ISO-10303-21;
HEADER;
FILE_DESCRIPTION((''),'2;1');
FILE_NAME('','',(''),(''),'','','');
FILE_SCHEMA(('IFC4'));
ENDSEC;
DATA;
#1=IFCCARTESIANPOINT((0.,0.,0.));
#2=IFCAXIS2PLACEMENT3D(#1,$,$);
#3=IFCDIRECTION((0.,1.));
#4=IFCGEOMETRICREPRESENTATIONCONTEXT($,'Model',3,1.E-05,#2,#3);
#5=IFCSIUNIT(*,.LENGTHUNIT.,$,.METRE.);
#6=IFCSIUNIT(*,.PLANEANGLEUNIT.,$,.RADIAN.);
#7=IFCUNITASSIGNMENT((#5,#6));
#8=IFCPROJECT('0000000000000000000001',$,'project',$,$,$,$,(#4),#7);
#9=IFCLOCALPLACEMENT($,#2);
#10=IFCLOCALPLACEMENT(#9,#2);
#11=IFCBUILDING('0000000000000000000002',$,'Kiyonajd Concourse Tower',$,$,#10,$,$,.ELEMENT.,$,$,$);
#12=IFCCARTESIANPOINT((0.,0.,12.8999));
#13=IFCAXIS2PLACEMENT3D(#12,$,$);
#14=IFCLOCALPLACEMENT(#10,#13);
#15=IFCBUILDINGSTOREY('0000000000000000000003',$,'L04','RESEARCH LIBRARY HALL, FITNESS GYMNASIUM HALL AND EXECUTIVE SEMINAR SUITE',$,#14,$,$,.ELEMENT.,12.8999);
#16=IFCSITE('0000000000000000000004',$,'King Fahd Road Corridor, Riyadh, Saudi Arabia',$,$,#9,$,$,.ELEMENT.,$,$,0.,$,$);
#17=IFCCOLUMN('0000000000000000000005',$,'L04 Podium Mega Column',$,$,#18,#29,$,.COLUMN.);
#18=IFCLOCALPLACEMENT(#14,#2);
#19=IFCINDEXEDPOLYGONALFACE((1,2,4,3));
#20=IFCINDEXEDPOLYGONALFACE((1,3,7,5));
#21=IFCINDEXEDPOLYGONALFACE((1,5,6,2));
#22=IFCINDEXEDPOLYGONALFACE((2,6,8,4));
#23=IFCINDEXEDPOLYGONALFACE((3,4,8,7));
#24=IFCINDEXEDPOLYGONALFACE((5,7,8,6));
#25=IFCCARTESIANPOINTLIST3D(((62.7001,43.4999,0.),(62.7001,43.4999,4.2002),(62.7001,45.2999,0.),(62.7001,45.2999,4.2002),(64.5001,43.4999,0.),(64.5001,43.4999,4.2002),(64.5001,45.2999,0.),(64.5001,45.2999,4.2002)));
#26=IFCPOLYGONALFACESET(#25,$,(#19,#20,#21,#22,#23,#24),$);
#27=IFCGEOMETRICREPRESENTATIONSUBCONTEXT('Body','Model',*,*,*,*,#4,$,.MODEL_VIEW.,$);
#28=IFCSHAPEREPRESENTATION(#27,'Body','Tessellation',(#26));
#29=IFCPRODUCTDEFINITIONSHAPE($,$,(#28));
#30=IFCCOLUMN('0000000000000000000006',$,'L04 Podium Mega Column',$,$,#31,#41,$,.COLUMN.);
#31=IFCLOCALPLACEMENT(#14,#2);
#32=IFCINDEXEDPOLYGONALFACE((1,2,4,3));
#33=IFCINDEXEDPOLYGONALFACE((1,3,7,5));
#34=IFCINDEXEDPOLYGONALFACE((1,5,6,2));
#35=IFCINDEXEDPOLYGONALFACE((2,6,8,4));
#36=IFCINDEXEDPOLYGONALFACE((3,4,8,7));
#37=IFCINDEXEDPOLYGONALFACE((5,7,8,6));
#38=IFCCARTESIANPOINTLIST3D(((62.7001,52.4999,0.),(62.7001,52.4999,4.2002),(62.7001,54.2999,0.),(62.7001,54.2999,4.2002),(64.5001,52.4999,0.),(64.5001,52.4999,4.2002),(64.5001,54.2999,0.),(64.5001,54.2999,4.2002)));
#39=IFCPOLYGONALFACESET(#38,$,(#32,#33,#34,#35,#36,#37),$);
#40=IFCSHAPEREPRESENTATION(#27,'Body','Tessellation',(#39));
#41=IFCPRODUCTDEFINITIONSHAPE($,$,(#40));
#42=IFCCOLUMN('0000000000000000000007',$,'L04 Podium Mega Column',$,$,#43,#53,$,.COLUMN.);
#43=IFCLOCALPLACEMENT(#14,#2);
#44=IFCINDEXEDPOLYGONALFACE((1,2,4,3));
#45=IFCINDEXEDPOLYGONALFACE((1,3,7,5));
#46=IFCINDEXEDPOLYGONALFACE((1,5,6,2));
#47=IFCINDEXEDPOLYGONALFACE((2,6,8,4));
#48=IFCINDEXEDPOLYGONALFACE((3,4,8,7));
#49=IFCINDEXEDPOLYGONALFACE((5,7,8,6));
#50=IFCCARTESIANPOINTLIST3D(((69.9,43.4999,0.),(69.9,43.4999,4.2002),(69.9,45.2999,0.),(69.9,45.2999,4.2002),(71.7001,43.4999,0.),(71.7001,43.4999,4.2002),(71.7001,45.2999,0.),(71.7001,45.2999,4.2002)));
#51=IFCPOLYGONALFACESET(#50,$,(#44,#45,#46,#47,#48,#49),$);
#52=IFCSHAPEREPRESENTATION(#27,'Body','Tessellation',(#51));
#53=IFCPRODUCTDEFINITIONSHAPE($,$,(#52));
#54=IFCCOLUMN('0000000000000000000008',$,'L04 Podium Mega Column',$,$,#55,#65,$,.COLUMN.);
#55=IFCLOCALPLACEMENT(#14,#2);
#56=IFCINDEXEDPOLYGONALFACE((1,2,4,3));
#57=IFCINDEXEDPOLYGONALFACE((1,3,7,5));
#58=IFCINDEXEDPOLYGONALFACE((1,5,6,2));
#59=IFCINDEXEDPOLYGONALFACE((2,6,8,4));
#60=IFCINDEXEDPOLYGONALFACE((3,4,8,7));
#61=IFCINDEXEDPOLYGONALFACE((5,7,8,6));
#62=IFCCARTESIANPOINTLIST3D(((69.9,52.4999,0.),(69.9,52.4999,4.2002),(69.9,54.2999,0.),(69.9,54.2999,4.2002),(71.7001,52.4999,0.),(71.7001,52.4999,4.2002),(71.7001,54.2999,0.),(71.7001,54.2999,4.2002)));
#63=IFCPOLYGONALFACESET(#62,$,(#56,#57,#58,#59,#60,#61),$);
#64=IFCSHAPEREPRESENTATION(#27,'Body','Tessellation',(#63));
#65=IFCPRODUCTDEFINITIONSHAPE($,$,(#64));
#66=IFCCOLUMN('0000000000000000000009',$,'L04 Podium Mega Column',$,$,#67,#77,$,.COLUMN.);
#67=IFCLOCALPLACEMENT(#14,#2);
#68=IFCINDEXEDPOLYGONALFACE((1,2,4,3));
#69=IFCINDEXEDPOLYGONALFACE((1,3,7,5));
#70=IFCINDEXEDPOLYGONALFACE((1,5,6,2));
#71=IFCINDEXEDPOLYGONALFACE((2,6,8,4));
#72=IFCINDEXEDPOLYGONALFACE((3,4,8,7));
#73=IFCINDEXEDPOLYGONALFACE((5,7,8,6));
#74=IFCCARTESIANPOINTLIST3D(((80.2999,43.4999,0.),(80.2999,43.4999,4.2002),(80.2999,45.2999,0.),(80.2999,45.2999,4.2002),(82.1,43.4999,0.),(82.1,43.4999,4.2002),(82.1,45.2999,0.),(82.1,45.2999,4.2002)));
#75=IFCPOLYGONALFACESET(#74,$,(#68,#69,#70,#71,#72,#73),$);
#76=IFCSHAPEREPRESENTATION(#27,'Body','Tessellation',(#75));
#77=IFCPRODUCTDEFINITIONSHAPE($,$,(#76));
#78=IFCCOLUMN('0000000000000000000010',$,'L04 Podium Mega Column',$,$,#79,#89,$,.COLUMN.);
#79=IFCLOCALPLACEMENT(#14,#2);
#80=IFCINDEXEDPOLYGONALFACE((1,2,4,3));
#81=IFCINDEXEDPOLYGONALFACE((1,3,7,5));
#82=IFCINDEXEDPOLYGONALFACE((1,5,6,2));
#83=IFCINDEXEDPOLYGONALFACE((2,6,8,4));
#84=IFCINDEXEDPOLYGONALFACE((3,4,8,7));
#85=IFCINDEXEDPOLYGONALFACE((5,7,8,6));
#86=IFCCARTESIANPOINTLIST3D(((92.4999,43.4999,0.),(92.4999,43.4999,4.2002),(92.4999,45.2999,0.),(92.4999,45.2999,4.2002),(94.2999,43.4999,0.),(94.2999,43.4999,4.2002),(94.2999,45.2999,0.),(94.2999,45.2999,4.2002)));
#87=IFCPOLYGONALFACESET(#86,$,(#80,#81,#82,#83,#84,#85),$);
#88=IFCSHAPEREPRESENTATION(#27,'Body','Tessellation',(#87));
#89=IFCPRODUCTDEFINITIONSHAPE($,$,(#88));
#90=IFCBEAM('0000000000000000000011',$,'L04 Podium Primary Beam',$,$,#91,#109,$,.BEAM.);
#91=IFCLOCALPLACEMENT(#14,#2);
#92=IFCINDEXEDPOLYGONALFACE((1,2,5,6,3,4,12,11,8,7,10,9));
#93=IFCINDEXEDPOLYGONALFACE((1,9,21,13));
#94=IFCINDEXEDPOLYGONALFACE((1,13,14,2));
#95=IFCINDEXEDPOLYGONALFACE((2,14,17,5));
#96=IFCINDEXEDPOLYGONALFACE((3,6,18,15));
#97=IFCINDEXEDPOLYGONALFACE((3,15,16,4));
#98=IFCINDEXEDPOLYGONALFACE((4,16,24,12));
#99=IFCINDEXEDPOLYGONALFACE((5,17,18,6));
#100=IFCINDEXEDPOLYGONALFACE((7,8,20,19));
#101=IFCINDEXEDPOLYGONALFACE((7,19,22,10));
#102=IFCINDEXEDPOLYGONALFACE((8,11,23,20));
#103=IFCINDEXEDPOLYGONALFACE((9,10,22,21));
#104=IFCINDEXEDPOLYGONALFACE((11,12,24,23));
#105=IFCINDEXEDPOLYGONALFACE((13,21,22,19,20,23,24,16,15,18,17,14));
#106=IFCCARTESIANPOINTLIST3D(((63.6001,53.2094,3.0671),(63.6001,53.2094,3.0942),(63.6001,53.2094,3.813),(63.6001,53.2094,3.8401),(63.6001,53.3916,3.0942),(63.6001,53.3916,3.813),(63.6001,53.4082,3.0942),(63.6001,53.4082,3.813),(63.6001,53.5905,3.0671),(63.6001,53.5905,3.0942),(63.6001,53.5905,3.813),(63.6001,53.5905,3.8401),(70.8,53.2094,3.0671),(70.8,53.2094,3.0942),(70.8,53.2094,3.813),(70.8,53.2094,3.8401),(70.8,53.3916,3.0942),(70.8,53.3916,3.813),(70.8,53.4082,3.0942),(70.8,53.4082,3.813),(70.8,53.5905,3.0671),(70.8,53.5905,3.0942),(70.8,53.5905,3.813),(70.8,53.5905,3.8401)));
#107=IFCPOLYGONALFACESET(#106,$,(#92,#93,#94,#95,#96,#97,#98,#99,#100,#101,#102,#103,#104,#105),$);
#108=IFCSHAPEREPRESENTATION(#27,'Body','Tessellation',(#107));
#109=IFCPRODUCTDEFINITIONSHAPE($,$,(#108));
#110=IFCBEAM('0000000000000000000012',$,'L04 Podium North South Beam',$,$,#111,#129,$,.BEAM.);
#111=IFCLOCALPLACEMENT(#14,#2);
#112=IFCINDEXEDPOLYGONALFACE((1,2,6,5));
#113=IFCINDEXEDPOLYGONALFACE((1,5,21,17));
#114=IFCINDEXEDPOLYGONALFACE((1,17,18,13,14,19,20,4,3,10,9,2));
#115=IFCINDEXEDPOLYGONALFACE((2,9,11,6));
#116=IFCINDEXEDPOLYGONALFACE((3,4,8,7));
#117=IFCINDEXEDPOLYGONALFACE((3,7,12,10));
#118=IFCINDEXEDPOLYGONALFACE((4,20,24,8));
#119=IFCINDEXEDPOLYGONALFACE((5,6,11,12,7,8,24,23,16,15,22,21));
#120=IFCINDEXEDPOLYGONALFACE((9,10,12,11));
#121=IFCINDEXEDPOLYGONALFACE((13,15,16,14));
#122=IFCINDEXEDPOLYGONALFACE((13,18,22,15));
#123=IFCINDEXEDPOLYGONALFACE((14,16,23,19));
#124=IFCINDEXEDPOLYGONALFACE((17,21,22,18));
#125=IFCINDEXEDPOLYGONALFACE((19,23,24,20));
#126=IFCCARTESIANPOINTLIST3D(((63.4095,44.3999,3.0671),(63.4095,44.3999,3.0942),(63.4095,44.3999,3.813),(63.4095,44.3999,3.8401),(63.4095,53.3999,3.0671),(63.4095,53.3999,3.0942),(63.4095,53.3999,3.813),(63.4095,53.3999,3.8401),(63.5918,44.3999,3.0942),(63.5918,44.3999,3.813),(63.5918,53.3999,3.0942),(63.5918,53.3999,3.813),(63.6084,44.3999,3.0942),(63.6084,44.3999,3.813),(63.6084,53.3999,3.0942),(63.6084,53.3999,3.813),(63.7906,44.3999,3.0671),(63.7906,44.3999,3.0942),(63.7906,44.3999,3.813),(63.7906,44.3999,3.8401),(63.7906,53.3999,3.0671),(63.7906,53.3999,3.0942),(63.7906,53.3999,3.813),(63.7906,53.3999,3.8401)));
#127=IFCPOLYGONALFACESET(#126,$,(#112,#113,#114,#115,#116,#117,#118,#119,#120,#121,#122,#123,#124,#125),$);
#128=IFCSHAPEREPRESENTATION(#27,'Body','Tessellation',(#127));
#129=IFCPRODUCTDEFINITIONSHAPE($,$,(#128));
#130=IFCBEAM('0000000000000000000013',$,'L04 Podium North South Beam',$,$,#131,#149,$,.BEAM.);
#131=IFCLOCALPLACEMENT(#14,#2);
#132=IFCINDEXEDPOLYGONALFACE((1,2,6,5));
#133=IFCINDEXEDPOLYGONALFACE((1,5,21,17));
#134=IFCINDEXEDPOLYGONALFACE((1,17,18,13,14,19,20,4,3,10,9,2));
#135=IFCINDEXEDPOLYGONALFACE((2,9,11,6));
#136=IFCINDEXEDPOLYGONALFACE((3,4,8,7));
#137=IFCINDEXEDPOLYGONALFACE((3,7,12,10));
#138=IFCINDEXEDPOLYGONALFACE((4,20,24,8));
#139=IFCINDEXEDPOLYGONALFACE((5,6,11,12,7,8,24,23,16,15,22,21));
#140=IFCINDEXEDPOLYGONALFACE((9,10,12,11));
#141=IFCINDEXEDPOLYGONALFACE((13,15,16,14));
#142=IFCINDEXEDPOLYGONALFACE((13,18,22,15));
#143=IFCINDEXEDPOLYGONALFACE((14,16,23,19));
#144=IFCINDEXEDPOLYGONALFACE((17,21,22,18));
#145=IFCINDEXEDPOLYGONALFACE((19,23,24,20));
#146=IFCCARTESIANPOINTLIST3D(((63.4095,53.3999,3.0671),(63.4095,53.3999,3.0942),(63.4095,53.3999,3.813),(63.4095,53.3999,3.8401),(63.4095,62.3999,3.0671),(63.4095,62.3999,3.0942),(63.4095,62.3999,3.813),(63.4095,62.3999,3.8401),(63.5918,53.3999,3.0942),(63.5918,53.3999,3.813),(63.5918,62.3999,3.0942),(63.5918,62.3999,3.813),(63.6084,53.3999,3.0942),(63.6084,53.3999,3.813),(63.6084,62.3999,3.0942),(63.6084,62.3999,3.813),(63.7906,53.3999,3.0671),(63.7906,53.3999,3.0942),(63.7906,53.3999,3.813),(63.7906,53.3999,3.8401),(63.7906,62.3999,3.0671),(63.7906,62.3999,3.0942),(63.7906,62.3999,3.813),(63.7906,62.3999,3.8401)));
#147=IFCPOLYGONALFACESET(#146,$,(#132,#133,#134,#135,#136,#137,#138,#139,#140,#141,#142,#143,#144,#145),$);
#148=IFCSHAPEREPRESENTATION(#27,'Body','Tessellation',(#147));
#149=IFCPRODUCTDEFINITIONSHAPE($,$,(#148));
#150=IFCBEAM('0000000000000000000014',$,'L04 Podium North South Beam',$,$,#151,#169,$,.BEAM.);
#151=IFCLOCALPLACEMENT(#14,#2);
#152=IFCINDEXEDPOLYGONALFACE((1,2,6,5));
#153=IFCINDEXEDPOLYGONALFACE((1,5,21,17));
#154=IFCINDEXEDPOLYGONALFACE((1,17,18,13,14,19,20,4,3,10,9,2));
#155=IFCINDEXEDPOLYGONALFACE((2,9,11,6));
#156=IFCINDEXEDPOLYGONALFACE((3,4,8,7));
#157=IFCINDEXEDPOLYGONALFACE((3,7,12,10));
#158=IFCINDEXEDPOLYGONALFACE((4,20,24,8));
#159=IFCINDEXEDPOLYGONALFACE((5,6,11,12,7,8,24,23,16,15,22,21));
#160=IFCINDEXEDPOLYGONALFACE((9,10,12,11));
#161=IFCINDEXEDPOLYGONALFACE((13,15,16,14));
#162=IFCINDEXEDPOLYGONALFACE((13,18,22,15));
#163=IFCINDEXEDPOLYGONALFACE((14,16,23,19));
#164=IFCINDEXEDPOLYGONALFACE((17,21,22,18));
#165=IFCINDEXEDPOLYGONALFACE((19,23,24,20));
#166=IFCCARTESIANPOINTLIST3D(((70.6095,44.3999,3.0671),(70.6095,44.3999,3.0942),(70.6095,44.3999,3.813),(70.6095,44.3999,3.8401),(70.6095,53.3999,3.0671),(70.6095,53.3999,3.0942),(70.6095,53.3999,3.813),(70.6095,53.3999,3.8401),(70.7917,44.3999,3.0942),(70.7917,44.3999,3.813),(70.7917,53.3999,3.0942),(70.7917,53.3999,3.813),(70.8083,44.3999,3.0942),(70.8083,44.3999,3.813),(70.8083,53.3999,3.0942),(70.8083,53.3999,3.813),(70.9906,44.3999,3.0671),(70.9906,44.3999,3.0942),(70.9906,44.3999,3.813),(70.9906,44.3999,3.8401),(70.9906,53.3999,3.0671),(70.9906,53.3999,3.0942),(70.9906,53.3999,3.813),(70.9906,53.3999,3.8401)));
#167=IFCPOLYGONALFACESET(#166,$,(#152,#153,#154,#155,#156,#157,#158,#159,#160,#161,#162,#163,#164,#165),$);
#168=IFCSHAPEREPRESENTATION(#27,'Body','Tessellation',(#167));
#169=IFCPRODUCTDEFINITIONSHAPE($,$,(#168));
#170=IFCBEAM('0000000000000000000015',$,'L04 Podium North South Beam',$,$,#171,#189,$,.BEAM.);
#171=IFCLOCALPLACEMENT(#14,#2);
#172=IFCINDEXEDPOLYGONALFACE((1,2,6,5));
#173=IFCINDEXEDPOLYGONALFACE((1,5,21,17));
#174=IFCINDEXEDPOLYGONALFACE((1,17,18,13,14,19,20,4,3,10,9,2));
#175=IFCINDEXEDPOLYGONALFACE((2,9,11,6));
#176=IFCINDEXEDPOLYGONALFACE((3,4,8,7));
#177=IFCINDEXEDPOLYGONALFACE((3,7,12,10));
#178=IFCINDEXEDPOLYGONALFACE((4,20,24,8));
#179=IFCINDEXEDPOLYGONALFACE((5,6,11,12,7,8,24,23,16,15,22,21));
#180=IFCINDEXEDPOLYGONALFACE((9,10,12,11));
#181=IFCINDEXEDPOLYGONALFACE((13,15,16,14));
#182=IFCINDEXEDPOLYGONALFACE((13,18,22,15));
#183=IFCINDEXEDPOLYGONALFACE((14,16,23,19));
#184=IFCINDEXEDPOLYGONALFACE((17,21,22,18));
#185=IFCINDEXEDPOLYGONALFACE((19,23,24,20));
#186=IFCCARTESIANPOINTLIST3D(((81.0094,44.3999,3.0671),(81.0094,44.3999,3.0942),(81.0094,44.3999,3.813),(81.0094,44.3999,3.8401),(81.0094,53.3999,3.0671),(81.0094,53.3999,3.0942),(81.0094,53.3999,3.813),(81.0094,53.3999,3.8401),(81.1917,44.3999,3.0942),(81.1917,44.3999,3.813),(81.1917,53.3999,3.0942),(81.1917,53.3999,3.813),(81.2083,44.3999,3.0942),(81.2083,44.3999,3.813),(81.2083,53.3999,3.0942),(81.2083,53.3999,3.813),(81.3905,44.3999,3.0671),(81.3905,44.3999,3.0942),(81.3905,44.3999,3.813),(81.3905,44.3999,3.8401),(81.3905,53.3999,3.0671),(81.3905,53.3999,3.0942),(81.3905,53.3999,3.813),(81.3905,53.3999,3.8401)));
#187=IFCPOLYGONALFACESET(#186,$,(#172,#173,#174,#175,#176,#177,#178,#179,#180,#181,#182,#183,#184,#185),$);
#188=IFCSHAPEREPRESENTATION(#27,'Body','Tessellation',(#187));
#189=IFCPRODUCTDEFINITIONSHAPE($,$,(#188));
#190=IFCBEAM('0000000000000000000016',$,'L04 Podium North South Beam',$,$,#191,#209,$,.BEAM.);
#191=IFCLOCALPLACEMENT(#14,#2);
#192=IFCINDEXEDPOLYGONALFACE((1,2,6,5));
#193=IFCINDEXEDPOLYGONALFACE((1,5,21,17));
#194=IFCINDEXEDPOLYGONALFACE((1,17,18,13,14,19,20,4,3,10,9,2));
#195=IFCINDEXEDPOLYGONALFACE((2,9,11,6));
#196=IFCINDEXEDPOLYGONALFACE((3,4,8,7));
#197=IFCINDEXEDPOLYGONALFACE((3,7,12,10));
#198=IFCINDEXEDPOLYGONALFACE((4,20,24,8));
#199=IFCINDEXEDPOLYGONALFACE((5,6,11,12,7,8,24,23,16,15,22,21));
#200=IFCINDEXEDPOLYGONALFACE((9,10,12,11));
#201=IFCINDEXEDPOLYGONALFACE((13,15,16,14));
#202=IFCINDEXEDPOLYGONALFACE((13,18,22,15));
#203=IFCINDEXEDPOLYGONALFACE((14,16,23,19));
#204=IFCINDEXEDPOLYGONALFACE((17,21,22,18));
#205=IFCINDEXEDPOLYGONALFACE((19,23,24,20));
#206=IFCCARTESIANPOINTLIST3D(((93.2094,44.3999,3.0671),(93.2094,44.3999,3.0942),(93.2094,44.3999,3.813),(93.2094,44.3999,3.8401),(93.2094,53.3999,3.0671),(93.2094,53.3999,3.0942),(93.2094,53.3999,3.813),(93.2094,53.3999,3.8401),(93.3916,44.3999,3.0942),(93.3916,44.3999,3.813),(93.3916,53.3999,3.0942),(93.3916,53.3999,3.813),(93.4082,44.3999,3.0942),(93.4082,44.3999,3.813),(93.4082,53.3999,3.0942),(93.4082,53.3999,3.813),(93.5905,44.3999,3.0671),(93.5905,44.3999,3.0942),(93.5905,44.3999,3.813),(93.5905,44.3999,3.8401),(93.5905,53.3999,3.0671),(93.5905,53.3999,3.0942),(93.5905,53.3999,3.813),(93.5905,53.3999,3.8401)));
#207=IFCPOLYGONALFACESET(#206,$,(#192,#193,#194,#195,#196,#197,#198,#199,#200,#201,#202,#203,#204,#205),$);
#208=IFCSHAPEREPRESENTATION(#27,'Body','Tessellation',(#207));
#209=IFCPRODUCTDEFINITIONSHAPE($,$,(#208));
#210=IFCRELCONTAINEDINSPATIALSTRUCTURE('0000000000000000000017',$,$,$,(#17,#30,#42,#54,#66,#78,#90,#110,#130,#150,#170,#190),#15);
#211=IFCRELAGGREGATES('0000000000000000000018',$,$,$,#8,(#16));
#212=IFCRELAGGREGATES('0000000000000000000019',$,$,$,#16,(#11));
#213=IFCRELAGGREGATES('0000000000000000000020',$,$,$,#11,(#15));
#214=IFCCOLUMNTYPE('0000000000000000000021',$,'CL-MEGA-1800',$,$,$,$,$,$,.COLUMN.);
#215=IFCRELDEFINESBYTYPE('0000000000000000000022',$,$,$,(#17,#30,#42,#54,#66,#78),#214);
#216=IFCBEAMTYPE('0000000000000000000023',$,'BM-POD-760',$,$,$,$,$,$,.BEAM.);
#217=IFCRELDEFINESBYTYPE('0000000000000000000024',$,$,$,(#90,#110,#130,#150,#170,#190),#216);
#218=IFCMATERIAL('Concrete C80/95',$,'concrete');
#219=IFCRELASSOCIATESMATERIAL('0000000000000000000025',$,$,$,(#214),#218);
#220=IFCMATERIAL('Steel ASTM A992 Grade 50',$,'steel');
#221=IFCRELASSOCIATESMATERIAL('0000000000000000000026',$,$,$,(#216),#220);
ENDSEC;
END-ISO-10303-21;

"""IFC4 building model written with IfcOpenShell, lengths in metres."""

from ifc_helpers import new_model, si_unit, direction, frame, origin, origin_2d, place, context, subcontext, project, spatial, rectangle, i_section, extrude, material, material_profile, profile_set, type_object, element, save


model = new_model("IFC4")

# Units and contexts
model_context = context("Model", 3, precision=1e-05, world=origin(), true_north=direction((0.0, 1.0)))
body_context = subcontext(model_context, "Body", "Model", "MODEL_VIEW")
ifc_project = project(units=[si_unit("LENGTHUNIT", "METRE"), si_unit("PLANEANGLEUNIT", "RADIAN")], contexts=[model_context])

# Site, building, storey
site_placement = place(None, origin())
site = spatial("IfcSite", under=ifc_project, at=site_placement, Name="King Fahd Road Corridor, Riyadh, Saudi Arabia", CompositionType="ELEMENT", RefElevation=0.0)
building_placement = place(site_placement, origin())
building = spatial("IfcBuilding", under=site, at=building_placement, Name="Kiyonajd Concourse Tower", CompositionType="ELEMENT")
storey_placement = place(building_placement, frame((0.0, 0.0, 12.8999)))
storey = spatial("IfcBuildingStorey", under=building, at=storey_placement, Name="L04", Description="RESEARCH LIBRARY HALL, FITNESS GYMNASIUM HALL AND EXECUTIVE SEMINAR SUITE", CompositionType="ELEMENT", Elevation=12.8999)

# Columns
ifc_material_1 = material(Name="Concrete C80/95", Category="concrete")
ifc_material_profile_1 = material_profile(ifc_material_1, rectangle(XDim=1.8, YDim=1.8, at=origin_2d()), Name="RC-1800x1800")
ifc_profile_set_1 = profile_set([ifc_material_profile_1], Name="Concrete C80/95")
column_type = type_object("IfcColumnType", Name="CL-MEGA-1800", PredefinedType="COLUMN", material=ifc_profile_set_1)
for number, where, z_axis, x_axis, name in (
    (1, (63.6001, 44.3999, 0.0), (0.0, 0.0, 1.0), (1.0, 0.0, 0.0), "L04 Podium Mega Column"),
    (2, (63.6001, 53.3999, 0.0), (0.0, 0.0, 1.0), (1.0, 0.0, 0.0), "L04 Podium Mega Column"),
    (3, (70.8, 44.3999, 0.0), (0.0, 0.0, 1.0), (1.0, 0.0, 0.0), "L04 Podium Mega Column"),
    (4, (70.8, 53.3999, 0.0), (0.0, 0.0, 1.0), (1.0, 0.0, 0.0), "L04 Podium Mega Column"),
    (5, (81.2, 44.3999, 0.0), (0.0, 0.0, 1.0), (1.0, 0.0, 0.0), "L04 Podium Mega Column"),
    (6, (93.3999, 44.3999, 0.0), (0.0, 0.0, 1.0), (1.0, 0.0, 0.0), "L04 Podium Mega Column"),
):
    element("IfcColumn", number, at=place(storey_placement, frame(where, z_axis=z_axis, x_axis=x_axis)), inside=storey, type_object=column_type, Name=name, PredefinedType="COLUMN", context=body_context, shape_type="SweptSolid", body=[
        extrude(rectangle(XDim=1.8, YDim=1.8, at=origin_2d()), origin(), (0.0, 0.0, 1.0), 4.2002),
    ])

# Beams
ifc_material_2 = material(Name="Steel ASTM A992 Grade 50", Category="steel")
ifc_material_profile_2 = material_profile(ifc_material_2, i_section(OverallWidth=0.3811, OverallDepth=0.7729, WebThickness=0.0166, FlangeThickness=0.0271, at=origin_2d()), Name="W760X257")
ifc_profile_set_2 = profile_set([ifc_material_profile_2], Name="Steel ASTM A992 Grade 50")
beam_type_1 = type_object("IfcBeamType", Name="BM-POD-760", PredefinedType="BEAM", material=ifc_profile_set_2)
beam_1_placement = place(storey_placement, frame((63.6001, 53.3999, 3.4536), z_axis=(1.0, 0.0, 0.0), x_axis=(0.0, 1.0, 0.0)))
element("IfcBeam", 7, at=beam_1_placement, inside=storey, type_object=beam_type_1, Name="L04 Podium Primary Beam", PredefinedType="BEAM", context=body_context, shape_type="SweptSolid", body=[
    extrude(i_section(OverallWidth=0.3811, OverallDepth=0.7729, WebThickness=0.0166, FlangeThickness=0.0271, at=origin_2d()), origin(), (0.0, 0.0, 1.0), 7.2),
])
for number, where, z_axis, x_axis, name in (
    (8, (63.6001, 44.3999, 3.4536), (0.0, 1.0, 0.0), (-1.0, 0.0, 0.0), "L04 Podium North South Beam"),
    (9, (63.6001, 53.3999, 3.4536), (0.0, 1.0, 0.0), (-1.0, 0.0, 0.0), "L04 Podium North South Beam"),
    (10, (70.8, 44.3999, 3.4536), (0.0, 1.0, 0.0), (-1.0, 0.0, 0.0), "L04 Podium North South Beam"),
    (11, (81.2, 44.3999, 3.4536), (0.0, 1.0, 0.0), (-1.0, 0.0, 0.0), "L04 Podium North South Beam"),
    (12, (93.3999, 44.3999, 3.4536), (0.0, 1.0, 0.0), (-1.0, 0.0, 0.0), "L04 Podium North South Beam"),
):
    element("IfcBeam", number, at=place(storey_placement, frame(where, z_axis=z_axis, x_axis=x_axis)), inside=storey, type_object=beam_type_1, Name=name, PredefinedType="BEAM", context=body_context, shape_type="SweptSolid", body=[
        extrude(i_section(OverallWidth=0.3811, OverallDepth=0.7729, WebThickness=0.0166, FlangeThickness=0.0271, at=origin_2d()), origin(), (0.0, 0.0, 1.0), 9.0),
    ])

save(model, "model.ifc")
